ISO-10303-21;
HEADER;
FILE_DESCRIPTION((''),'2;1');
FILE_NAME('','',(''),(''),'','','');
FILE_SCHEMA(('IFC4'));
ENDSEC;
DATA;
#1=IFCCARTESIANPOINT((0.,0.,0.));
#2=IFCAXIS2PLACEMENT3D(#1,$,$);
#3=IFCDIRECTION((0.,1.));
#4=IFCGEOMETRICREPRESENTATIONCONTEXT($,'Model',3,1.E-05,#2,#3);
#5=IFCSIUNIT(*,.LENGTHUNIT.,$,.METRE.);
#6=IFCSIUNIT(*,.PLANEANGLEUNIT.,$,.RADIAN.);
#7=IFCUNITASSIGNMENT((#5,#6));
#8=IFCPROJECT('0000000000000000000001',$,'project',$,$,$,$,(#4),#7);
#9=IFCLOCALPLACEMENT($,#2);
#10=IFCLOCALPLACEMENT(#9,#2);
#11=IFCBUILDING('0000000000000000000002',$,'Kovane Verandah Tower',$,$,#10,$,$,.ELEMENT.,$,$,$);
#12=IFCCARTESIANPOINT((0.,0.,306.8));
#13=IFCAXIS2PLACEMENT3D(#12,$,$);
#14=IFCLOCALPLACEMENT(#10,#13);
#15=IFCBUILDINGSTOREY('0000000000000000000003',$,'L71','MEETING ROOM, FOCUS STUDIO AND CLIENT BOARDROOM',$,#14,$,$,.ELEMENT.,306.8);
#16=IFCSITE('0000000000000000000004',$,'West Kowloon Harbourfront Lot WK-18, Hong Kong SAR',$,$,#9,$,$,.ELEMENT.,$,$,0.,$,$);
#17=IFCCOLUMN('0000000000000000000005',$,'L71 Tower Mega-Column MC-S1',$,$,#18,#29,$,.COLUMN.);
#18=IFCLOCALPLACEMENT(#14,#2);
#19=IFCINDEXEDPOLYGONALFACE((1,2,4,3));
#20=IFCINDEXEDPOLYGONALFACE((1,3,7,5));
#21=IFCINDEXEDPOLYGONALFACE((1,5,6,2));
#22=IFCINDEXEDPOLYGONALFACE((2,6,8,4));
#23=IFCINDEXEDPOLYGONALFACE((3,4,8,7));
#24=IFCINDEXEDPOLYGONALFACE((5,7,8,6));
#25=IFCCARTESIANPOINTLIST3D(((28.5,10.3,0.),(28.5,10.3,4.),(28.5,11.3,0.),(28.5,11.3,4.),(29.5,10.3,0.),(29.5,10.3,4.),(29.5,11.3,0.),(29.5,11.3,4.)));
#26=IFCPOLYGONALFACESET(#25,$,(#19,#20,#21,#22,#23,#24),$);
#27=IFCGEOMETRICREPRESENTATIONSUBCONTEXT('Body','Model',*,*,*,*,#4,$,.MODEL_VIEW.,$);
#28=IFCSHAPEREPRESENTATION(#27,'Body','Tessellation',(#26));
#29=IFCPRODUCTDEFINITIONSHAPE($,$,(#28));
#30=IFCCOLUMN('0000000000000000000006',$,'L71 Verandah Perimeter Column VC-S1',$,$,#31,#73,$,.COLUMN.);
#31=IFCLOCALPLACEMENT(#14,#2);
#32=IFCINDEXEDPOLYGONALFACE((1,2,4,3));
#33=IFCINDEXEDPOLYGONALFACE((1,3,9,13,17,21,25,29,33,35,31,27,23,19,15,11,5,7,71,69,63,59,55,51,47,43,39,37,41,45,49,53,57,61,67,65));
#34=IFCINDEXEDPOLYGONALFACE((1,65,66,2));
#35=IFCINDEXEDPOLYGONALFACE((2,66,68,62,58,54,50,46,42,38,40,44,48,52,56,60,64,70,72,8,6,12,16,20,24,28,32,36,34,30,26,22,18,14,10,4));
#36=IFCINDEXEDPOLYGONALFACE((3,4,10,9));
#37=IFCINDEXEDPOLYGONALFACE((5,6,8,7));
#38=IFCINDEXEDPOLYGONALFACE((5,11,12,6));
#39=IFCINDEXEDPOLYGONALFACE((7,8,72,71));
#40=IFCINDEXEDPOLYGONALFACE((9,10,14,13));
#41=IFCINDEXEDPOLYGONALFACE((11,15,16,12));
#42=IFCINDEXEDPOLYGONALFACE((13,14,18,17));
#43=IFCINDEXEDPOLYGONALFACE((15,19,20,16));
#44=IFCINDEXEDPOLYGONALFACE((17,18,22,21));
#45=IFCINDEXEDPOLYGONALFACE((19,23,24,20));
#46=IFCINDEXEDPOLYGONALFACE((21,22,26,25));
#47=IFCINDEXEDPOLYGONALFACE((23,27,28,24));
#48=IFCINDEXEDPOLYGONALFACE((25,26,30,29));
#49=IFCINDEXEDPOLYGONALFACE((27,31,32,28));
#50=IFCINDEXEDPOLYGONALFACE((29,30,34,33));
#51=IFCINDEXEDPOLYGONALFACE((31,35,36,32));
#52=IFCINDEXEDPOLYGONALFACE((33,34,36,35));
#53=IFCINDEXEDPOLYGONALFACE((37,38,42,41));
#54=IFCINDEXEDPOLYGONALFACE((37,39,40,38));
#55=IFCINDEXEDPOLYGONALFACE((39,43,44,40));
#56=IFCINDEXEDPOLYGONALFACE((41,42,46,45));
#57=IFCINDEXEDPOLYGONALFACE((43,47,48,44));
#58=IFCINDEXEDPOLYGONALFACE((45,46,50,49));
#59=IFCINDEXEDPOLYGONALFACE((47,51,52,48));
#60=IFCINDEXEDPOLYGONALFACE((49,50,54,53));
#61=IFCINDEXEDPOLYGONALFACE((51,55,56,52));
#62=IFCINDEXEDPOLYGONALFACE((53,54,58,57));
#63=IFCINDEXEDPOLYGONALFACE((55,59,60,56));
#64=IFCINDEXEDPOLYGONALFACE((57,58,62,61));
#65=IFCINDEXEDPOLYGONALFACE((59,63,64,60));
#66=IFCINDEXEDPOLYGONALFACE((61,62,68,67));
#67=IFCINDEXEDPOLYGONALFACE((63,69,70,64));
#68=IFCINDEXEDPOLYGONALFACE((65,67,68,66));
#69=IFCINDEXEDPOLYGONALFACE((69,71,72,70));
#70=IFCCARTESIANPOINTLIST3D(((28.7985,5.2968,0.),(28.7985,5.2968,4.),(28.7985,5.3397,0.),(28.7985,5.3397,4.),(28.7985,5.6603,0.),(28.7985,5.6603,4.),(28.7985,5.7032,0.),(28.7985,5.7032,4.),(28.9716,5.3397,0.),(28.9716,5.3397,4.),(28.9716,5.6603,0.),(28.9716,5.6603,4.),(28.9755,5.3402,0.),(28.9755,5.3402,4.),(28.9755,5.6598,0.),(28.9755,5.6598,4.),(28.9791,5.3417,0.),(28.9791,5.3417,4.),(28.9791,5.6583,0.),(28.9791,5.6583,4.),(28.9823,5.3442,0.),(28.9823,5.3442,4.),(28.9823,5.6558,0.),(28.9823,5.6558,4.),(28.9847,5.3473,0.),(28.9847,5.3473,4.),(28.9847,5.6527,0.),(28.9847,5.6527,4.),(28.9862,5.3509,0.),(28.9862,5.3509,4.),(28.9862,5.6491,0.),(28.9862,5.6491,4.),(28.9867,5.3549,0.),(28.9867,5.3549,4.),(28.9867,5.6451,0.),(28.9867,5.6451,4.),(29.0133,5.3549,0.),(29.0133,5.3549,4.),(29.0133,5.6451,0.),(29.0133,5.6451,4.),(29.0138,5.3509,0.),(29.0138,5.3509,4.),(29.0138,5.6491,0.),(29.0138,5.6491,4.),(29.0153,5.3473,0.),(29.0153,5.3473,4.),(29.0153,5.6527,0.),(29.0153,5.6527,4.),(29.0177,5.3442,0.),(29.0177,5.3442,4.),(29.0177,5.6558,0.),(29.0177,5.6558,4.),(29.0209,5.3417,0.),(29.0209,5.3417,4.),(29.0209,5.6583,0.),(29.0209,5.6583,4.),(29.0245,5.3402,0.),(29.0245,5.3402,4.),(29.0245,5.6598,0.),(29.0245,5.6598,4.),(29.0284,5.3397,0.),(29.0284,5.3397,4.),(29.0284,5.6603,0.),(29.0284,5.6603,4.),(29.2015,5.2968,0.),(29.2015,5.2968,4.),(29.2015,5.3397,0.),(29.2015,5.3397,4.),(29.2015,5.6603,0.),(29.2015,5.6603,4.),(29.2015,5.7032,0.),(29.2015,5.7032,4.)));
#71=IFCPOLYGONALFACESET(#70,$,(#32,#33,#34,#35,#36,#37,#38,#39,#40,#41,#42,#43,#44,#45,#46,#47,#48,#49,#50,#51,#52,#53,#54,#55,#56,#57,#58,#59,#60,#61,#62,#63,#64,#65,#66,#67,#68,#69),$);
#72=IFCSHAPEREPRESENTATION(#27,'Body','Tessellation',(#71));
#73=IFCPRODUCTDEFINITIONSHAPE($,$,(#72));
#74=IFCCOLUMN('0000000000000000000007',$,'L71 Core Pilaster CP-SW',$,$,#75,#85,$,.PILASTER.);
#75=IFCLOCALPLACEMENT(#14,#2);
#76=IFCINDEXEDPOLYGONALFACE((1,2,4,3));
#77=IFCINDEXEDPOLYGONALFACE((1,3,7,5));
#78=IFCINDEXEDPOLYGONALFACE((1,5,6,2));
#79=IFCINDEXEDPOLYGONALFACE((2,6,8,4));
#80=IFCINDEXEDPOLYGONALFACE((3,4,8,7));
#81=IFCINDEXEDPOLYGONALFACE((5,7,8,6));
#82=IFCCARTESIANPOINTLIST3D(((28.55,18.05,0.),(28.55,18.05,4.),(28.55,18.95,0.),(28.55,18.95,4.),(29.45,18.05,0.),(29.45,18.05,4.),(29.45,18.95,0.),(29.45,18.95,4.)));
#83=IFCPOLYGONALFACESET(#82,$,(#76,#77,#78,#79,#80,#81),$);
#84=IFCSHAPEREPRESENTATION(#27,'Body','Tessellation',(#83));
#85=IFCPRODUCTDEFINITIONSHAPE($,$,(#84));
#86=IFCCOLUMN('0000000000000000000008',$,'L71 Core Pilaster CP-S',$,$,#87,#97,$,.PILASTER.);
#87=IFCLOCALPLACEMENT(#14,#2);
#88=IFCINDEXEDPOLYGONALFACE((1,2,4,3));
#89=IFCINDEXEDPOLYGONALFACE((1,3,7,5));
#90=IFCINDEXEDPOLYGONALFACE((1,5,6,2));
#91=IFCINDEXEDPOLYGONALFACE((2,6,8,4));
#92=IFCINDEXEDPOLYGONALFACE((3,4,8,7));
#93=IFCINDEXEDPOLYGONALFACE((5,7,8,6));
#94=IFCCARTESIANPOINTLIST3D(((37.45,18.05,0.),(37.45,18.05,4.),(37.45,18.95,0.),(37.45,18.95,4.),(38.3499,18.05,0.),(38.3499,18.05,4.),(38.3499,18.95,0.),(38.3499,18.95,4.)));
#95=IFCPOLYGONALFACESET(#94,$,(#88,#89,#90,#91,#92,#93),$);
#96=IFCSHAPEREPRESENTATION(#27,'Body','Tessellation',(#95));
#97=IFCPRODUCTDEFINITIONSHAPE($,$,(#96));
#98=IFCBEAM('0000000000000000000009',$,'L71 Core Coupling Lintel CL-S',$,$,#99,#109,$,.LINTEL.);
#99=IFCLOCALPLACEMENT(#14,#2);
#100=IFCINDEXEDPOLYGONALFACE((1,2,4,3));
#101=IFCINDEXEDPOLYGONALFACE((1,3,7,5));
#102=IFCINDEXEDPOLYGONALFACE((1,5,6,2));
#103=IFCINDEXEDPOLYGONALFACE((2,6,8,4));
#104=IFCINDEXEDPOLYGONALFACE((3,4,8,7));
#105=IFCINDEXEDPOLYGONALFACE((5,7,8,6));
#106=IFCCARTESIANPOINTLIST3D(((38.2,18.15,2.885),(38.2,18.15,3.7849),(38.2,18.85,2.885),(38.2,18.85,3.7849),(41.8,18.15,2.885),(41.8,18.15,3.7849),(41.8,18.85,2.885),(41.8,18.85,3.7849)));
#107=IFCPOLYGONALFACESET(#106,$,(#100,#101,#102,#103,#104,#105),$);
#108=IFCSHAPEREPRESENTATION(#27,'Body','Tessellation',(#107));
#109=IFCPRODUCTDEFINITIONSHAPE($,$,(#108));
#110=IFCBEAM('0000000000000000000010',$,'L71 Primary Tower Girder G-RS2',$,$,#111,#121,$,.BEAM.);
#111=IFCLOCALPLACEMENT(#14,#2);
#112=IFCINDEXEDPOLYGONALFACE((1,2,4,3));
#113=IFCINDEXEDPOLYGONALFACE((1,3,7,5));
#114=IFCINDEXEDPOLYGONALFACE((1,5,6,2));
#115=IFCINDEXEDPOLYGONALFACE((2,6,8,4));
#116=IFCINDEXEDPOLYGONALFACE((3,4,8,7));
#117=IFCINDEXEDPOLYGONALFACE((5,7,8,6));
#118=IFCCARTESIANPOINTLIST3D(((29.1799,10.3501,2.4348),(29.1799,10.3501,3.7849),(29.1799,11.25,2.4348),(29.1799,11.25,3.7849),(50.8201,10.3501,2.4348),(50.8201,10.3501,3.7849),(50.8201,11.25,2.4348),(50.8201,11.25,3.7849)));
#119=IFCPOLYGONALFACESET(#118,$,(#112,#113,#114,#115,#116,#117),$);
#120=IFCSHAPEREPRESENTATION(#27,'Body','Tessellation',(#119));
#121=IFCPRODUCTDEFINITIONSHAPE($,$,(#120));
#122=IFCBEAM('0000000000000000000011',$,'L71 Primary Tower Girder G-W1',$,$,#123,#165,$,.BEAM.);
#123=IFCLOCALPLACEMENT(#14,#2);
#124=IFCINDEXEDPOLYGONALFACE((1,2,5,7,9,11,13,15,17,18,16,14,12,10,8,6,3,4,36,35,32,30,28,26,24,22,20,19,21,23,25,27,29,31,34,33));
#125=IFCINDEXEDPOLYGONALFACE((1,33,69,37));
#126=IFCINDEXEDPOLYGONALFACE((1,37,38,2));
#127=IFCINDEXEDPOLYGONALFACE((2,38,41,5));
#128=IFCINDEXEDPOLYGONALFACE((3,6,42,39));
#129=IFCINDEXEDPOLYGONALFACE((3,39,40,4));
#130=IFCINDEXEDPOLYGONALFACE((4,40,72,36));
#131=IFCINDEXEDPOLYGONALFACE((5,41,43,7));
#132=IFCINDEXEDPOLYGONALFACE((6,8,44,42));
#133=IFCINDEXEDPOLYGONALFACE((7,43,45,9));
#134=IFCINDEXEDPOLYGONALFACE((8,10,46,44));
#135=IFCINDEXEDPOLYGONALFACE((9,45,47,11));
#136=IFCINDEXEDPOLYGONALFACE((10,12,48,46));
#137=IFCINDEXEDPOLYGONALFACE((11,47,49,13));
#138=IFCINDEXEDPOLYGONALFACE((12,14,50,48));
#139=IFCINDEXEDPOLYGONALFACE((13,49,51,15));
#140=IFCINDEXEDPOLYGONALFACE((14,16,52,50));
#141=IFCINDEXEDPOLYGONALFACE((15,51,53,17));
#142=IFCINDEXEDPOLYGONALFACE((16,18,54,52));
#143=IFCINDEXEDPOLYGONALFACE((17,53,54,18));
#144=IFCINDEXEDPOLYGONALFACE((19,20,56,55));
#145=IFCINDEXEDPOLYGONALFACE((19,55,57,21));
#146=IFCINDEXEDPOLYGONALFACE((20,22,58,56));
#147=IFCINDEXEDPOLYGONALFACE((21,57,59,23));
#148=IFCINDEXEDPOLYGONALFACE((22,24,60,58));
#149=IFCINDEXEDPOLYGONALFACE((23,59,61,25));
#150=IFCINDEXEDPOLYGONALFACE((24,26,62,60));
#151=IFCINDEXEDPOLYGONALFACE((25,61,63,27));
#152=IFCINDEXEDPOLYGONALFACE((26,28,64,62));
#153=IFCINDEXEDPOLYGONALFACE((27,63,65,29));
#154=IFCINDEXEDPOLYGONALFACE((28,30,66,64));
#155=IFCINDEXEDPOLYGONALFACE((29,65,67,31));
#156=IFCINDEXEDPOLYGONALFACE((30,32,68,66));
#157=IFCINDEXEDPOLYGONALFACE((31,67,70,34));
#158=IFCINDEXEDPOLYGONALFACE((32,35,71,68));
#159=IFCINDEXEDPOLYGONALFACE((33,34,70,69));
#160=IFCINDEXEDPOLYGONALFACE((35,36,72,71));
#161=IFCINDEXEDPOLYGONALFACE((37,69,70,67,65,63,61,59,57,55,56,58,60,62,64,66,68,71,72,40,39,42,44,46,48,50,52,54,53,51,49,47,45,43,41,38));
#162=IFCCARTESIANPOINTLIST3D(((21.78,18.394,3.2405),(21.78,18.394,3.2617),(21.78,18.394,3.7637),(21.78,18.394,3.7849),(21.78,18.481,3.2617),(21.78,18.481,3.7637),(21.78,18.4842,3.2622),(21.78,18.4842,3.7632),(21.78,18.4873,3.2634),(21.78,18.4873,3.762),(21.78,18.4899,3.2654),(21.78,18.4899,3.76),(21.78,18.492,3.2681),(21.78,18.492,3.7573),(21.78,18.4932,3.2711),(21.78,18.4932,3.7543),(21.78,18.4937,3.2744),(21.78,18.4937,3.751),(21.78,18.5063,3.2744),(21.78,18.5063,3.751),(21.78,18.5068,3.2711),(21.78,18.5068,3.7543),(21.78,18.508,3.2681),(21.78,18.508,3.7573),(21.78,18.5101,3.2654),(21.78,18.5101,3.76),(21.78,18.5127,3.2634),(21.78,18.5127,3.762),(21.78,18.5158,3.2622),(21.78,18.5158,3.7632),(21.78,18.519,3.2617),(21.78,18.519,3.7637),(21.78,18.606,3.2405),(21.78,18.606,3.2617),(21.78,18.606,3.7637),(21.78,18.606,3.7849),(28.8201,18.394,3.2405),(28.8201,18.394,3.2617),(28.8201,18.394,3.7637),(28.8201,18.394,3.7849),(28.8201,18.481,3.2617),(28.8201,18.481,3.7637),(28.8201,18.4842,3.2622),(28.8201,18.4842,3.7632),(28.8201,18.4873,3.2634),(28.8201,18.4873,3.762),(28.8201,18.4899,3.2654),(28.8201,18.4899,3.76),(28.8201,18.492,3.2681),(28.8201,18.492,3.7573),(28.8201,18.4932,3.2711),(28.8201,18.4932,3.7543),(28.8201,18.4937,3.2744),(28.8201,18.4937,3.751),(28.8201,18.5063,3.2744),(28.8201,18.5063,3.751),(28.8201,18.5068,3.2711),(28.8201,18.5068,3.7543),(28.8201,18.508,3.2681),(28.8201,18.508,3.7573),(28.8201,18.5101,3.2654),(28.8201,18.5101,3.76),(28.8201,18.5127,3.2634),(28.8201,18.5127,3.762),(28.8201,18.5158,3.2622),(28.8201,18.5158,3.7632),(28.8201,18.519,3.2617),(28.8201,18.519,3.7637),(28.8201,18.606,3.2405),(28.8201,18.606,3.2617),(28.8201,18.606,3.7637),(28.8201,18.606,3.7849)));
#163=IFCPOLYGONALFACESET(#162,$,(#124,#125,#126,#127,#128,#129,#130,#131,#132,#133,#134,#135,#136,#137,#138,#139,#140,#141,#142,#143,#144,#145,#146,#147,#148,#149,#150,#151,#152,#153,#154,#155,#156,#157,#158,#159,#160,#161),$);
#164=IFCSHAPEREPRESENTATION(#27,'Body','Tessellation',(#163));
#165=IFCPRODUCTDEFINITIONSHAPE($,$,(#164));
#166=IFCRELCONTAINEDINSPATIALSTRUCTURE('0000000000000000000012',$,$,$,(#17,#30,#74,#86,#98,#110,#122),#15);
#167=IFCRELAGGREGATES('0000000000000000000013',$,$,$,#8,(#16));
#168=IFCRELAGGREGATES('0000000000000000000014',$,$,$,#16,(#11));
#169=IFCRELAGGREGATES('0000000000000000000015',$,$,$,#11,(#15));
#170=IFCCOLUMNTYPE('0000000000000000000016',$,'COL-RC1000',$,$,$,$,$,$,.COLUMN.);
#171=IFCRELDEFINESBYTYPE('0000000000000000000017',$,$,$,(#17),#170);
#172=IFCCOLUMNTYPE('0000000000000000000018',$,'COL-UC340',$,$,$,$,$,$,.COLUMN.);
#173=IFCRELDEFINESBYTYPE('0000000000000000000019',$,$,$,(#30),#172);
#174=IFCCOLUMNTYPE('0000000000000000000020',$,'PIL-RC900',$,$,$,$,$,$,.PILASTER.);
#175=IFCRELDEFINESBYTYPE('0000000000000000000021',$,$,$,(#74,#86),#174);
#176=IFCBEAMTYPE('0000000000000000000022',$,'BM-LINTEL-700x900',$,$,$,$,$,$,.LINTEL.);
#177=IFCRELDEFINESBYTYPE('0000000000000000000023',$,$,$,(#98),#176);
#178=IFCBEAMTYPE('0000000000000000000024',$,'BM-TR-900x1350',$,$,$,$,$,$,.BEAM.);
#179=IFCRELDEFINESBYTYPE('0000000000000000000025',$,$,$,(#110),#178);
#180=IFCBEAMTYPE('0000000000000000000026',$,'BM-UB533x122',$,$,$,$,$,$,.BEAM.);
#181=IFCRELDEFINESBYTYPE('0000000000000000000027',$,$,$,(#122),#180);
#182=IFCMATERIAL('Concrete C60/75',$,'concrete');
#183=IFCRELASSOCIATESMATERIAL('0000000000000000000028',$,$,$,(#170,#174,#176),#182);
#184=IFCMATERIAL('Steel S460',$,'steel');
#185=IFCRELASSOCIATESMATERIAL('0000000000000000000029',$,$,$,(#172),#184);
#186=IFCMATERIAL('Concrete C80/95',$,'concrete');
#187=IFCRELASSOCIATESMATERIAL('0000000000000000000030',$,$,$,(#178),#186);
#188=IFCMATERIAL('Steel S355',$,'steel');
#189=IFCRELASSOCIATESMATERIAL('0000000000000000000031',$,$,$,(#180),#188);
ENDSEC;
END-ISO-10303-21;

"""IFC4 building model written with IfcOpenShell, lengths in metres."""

from ifc_helpers import new_model, si_unit, direction, frame, origin, origin_2d, place, context, subcontext, project, spatial, rectangle, i_section, extrude, material, material_profile, profile_set, type_object, element, save


model = new_model("IFC4")

# Units and contexts
model_context = context("Model", 3, precision=1e-05, world=origin(), true_north=direction((0.0, 1.0)))
body_context = subcontext(model_context, "Body", "Model", "MODEL_VIEW")
ifc_project = project(units=[si_unit("LENGTHUNIT", "METRE"), si_unit("PLANEANGLEUNIT", "RADIAN")], contexts=[model_context])

# Site, building, storey
site_placement = place(None, origin())
site = spatial("IfcSite", under=ifc_project, at=site_placement, Name="West Kowloon Harbourfront Lot WK-18, Hong Kong SAR", CompositionType="ELEMENT", RefElevation=0.0)
building_placement = place(site_placement, origin())
building = spatial("IfcBuilding", under=site, at=building_placement, Name="Kovane Verandah Tower", CompositionType="ELEMENT")
storey_placement = place(building_placement, frame((0.0, 0.0, 306.8)))
storey = spatial("IfcBuildingStorey", under=building, at=storey_placement, Name="L71", Description="MEETING ROOM, FOCUS STUDIO AND CLIENT BOARDROOM", CompositionType="ELEMENT", Elevation=306.8)

# Columns
ifc_material_1 = material(Name="Concrete C60/75", Category="concrete")
ifc_material_profile_1 = material_profile(ifc_material_1, rectangle(XDim=1.0, YDim=1.0, at=origin_2d()), Name="RC1000x1000")
ifc_profile_set_1 = profile_set([ifc_material_profile_1], Name="Concrete C60/75")
column_type_1 = type_object("IfcColumnType", Name="COL-RC1000", PredefinedType="COLUMN", material=ifc_profile_set_1)
column_1_placement = place(storey_placement, frame((29.0, 10.8, 0.0), z_axis=(0.0, 0.0, 1.0), x_axis=(1.0, 0.0, 0.0)))
element("IfcColumn", 1, at=column_1_placement, inside=storey, type_object=column_type_1, Name="L71 Tower Mega-Column MC-S1", PredefinedType="COLUMN", context=body_context, shape_type="SweptSolid", body=[
    extrude(rectangle(XDim=1.0, YDim=1.0, at=origin_2d()), origin(), (0.0, 0.0, 1.0), 4.0),
])
ifc_material_2 = material(Name="Steel S460", Category="steel")
ifc_material_profile_2 = material_profile(ifc_material_2, i_section(OverallWidth=0.4031, OverallDepth=0.4065, WebThickness=0.0266, FlangeThickness=0.043, FilletRadius=0.0151, at=origin_2d()), Name="UC356x406x340")
ifc_profile_set_2 = profile_set([ifc_material_profile_2], Name="Steel S460")
column_type_2 = type_object("IfcColumnType", Name="COL-UC340", PredefinedType="COLUMN", material=ifc_profile_set_2)
column_2_placement = place(storey_placement, frame((29.0, 5.5, 0.0), z_axis=(0.0, 0.0, 1.0), x_axis=(1.0, 0.0, 0.0)))
element("IfcColumn", 2, at=column_2_placement, inside=storey, type_object=column_type_2, Name="L71 Verandah Perimeter Column VC-S1", PredefinedType="COLUMN", context=body_context, shape_type="SweptSolid", body=[
    extrude(i_section(OverallWidth=0.4031, OverallDepth=0.4065, WebThickness=0.0266, FlangeThickness=0.043, FilletRadius=0.0151, at=origin_2d()), origin(), (0.0, 0.0, 1.0), 4.0),
])
ifc_material_profile_3 = material_profile(ifc_material_1, rectangle(XDim=0.8999, YDim=0.8999, at=origin_2d()), Name="RC900x900")
ifc_profile_set_3 = profile_set([ifc_material_profile_3], Name="Concrete C60/75")
column_type_3 = type_object("IfcColumnType", Name="PIL-RC900", PredefinedType="PILASTER", material=ifc_profile_set_3)
for number, where, z_axis, x_axis, name in (
    (3, (29.0, 18.5, 0.0), (0.0, 0.0, 1.0), (1.0, 0.0, 0.0), "L71 Core Pilaster CP-SW"),
    (4, (37.8999, 18.5, 0.0), (0.0, 0.0, 1.0), (1.0, 0.0, 0.0), "L71 Core Pilaster CP-S"),
):
    element("IfcColumn", number, at=place(storey_placement, frame(where, z_axis=z_axis, x_axis=x_axis)), inside=storey, type_object=column_type_3, Name=name, PredefinedType="PILASTER", context=body_context, shape_type="SweptSolid", body=[
        extrude(rectangle(XDim=0.8999, YDim=0.8999, at=origin_2d()), origin(), (0.0, 0.0, 1.0), 4.0),
    ])

# Beams
ifc_material_profile_4 = material_profile(ifc_material_1, rectangle(XDim=0.7, YDim=0.8999, at=origin_2d()), Name="RCB700x900")
ifc_profile_set_4 = profile_set([ifc_material_profile_4], Name="Concrete C60/75")
beam_type_1 = type_object("IfcBeamType", Name="BM-LINTEL-700x900", PredefinedType="LINTEL", material=ifc_profile_set_4)
beam_1_placement = place(storey_placement, frame((38.2, 18.5, 3.335), z_axis=(1.0, 0.0, 0.0), x_axis=(0.0, 1.0, 0.0)))
element("IfcBeam", 5, at=beam_1_placement, inside=storey, type_object=beam_type_1, Name="L71 Core Coupling Lintel CL-S", PredefinedType="LINTEL", context=body_context, shape_type="SweptSolid", body=[
    extrude(rectangle(XDim=0.7, YDim=0.8999, at=origin_2d()), origin(), (0.0, 0.0, 1.0), 3.6001),
])
ifc_material_3 = material(Name="Concrete C80/95", Category="concrete")
ifc_material_profile_5 = material_profile(ifc_material_3, rectangle(XDim=0.8999, YDim=1.3501, at=origin_2d()), Name="RCB900x1350")
ifc_profile_set_5 = profile_set([ifc_material_profile_5], Name="Concrete C80/95")
beam_type_2 = type_object("IfcBeamType", Name="BM-TR-900x1350", PredefinedType="BEAM", material=ifc_profile_set_5)
beam_2_placement = place(storey_placement, frame((29.1799, 10.8, 3.1099), z_axis=(1.0, 0.0, 0.0), x_axis=(0.0, 1.0, 0.0)))
element("IfcBeam", 6, at=beam_2_placement, inside=storey, type_object=beam_type_2, Name="L71 Primary Tower Girder G-RS2", PredefinedType="BEAM", context=body_context, shape_type="SweptSolid", body=[
    extrude(rectangle(XDim=0.8999, YDim=1.3501, at=origin_2d()), origin(), (0.0, 0.0, 1.0), 21.6401),
])
ifc_material_4 = material(Name="Steel S355", Category="steel")
ifc_material_profile_6 = material_profile(ifc_material_4, i_section(OverallWidth=0.2119, OverallDepth=0.5444, WebThickness=0.0127, FlangeThickness=0.0212, FilletRadius=0.0127, at=origin_2d()), Name="UB533x210x122")
ifc_profile_set_6 = profile_set([ifc_material_profile_6], Name="Steel S355")
beam_type_3 = type_object("IfcBeamType", Name="BM-UB533x122", PredefinedType="BEAM", material=ifc_profile_set_6)
beam_3_placement = place(storey_placement, frame((28.8201, 18.5, 3.5127), z_axis=(-1.0, 0.0, 0.0), x_axis=(0.0, -1.0, 0.0)))
element("IfcBeam", 7, at=beam_3_placement, inside=storey, type_object=beam_type_3, Name="L71 Primary Tower Girder G-W1", PredefinedType="BEAM", context=body_context, shape_type="SweptSolid", body=[
    extrude(i_section(OverallWidth=0.2119, OverallDepth=0.5444, WebThickness=0.0127, FlangeThickness=0.0212, FilletRadius=0.0127, at=origin_2d()), origin(), (0.0, 0.0, 1.0), 7.04),
])

save(model, "model.ifc")
